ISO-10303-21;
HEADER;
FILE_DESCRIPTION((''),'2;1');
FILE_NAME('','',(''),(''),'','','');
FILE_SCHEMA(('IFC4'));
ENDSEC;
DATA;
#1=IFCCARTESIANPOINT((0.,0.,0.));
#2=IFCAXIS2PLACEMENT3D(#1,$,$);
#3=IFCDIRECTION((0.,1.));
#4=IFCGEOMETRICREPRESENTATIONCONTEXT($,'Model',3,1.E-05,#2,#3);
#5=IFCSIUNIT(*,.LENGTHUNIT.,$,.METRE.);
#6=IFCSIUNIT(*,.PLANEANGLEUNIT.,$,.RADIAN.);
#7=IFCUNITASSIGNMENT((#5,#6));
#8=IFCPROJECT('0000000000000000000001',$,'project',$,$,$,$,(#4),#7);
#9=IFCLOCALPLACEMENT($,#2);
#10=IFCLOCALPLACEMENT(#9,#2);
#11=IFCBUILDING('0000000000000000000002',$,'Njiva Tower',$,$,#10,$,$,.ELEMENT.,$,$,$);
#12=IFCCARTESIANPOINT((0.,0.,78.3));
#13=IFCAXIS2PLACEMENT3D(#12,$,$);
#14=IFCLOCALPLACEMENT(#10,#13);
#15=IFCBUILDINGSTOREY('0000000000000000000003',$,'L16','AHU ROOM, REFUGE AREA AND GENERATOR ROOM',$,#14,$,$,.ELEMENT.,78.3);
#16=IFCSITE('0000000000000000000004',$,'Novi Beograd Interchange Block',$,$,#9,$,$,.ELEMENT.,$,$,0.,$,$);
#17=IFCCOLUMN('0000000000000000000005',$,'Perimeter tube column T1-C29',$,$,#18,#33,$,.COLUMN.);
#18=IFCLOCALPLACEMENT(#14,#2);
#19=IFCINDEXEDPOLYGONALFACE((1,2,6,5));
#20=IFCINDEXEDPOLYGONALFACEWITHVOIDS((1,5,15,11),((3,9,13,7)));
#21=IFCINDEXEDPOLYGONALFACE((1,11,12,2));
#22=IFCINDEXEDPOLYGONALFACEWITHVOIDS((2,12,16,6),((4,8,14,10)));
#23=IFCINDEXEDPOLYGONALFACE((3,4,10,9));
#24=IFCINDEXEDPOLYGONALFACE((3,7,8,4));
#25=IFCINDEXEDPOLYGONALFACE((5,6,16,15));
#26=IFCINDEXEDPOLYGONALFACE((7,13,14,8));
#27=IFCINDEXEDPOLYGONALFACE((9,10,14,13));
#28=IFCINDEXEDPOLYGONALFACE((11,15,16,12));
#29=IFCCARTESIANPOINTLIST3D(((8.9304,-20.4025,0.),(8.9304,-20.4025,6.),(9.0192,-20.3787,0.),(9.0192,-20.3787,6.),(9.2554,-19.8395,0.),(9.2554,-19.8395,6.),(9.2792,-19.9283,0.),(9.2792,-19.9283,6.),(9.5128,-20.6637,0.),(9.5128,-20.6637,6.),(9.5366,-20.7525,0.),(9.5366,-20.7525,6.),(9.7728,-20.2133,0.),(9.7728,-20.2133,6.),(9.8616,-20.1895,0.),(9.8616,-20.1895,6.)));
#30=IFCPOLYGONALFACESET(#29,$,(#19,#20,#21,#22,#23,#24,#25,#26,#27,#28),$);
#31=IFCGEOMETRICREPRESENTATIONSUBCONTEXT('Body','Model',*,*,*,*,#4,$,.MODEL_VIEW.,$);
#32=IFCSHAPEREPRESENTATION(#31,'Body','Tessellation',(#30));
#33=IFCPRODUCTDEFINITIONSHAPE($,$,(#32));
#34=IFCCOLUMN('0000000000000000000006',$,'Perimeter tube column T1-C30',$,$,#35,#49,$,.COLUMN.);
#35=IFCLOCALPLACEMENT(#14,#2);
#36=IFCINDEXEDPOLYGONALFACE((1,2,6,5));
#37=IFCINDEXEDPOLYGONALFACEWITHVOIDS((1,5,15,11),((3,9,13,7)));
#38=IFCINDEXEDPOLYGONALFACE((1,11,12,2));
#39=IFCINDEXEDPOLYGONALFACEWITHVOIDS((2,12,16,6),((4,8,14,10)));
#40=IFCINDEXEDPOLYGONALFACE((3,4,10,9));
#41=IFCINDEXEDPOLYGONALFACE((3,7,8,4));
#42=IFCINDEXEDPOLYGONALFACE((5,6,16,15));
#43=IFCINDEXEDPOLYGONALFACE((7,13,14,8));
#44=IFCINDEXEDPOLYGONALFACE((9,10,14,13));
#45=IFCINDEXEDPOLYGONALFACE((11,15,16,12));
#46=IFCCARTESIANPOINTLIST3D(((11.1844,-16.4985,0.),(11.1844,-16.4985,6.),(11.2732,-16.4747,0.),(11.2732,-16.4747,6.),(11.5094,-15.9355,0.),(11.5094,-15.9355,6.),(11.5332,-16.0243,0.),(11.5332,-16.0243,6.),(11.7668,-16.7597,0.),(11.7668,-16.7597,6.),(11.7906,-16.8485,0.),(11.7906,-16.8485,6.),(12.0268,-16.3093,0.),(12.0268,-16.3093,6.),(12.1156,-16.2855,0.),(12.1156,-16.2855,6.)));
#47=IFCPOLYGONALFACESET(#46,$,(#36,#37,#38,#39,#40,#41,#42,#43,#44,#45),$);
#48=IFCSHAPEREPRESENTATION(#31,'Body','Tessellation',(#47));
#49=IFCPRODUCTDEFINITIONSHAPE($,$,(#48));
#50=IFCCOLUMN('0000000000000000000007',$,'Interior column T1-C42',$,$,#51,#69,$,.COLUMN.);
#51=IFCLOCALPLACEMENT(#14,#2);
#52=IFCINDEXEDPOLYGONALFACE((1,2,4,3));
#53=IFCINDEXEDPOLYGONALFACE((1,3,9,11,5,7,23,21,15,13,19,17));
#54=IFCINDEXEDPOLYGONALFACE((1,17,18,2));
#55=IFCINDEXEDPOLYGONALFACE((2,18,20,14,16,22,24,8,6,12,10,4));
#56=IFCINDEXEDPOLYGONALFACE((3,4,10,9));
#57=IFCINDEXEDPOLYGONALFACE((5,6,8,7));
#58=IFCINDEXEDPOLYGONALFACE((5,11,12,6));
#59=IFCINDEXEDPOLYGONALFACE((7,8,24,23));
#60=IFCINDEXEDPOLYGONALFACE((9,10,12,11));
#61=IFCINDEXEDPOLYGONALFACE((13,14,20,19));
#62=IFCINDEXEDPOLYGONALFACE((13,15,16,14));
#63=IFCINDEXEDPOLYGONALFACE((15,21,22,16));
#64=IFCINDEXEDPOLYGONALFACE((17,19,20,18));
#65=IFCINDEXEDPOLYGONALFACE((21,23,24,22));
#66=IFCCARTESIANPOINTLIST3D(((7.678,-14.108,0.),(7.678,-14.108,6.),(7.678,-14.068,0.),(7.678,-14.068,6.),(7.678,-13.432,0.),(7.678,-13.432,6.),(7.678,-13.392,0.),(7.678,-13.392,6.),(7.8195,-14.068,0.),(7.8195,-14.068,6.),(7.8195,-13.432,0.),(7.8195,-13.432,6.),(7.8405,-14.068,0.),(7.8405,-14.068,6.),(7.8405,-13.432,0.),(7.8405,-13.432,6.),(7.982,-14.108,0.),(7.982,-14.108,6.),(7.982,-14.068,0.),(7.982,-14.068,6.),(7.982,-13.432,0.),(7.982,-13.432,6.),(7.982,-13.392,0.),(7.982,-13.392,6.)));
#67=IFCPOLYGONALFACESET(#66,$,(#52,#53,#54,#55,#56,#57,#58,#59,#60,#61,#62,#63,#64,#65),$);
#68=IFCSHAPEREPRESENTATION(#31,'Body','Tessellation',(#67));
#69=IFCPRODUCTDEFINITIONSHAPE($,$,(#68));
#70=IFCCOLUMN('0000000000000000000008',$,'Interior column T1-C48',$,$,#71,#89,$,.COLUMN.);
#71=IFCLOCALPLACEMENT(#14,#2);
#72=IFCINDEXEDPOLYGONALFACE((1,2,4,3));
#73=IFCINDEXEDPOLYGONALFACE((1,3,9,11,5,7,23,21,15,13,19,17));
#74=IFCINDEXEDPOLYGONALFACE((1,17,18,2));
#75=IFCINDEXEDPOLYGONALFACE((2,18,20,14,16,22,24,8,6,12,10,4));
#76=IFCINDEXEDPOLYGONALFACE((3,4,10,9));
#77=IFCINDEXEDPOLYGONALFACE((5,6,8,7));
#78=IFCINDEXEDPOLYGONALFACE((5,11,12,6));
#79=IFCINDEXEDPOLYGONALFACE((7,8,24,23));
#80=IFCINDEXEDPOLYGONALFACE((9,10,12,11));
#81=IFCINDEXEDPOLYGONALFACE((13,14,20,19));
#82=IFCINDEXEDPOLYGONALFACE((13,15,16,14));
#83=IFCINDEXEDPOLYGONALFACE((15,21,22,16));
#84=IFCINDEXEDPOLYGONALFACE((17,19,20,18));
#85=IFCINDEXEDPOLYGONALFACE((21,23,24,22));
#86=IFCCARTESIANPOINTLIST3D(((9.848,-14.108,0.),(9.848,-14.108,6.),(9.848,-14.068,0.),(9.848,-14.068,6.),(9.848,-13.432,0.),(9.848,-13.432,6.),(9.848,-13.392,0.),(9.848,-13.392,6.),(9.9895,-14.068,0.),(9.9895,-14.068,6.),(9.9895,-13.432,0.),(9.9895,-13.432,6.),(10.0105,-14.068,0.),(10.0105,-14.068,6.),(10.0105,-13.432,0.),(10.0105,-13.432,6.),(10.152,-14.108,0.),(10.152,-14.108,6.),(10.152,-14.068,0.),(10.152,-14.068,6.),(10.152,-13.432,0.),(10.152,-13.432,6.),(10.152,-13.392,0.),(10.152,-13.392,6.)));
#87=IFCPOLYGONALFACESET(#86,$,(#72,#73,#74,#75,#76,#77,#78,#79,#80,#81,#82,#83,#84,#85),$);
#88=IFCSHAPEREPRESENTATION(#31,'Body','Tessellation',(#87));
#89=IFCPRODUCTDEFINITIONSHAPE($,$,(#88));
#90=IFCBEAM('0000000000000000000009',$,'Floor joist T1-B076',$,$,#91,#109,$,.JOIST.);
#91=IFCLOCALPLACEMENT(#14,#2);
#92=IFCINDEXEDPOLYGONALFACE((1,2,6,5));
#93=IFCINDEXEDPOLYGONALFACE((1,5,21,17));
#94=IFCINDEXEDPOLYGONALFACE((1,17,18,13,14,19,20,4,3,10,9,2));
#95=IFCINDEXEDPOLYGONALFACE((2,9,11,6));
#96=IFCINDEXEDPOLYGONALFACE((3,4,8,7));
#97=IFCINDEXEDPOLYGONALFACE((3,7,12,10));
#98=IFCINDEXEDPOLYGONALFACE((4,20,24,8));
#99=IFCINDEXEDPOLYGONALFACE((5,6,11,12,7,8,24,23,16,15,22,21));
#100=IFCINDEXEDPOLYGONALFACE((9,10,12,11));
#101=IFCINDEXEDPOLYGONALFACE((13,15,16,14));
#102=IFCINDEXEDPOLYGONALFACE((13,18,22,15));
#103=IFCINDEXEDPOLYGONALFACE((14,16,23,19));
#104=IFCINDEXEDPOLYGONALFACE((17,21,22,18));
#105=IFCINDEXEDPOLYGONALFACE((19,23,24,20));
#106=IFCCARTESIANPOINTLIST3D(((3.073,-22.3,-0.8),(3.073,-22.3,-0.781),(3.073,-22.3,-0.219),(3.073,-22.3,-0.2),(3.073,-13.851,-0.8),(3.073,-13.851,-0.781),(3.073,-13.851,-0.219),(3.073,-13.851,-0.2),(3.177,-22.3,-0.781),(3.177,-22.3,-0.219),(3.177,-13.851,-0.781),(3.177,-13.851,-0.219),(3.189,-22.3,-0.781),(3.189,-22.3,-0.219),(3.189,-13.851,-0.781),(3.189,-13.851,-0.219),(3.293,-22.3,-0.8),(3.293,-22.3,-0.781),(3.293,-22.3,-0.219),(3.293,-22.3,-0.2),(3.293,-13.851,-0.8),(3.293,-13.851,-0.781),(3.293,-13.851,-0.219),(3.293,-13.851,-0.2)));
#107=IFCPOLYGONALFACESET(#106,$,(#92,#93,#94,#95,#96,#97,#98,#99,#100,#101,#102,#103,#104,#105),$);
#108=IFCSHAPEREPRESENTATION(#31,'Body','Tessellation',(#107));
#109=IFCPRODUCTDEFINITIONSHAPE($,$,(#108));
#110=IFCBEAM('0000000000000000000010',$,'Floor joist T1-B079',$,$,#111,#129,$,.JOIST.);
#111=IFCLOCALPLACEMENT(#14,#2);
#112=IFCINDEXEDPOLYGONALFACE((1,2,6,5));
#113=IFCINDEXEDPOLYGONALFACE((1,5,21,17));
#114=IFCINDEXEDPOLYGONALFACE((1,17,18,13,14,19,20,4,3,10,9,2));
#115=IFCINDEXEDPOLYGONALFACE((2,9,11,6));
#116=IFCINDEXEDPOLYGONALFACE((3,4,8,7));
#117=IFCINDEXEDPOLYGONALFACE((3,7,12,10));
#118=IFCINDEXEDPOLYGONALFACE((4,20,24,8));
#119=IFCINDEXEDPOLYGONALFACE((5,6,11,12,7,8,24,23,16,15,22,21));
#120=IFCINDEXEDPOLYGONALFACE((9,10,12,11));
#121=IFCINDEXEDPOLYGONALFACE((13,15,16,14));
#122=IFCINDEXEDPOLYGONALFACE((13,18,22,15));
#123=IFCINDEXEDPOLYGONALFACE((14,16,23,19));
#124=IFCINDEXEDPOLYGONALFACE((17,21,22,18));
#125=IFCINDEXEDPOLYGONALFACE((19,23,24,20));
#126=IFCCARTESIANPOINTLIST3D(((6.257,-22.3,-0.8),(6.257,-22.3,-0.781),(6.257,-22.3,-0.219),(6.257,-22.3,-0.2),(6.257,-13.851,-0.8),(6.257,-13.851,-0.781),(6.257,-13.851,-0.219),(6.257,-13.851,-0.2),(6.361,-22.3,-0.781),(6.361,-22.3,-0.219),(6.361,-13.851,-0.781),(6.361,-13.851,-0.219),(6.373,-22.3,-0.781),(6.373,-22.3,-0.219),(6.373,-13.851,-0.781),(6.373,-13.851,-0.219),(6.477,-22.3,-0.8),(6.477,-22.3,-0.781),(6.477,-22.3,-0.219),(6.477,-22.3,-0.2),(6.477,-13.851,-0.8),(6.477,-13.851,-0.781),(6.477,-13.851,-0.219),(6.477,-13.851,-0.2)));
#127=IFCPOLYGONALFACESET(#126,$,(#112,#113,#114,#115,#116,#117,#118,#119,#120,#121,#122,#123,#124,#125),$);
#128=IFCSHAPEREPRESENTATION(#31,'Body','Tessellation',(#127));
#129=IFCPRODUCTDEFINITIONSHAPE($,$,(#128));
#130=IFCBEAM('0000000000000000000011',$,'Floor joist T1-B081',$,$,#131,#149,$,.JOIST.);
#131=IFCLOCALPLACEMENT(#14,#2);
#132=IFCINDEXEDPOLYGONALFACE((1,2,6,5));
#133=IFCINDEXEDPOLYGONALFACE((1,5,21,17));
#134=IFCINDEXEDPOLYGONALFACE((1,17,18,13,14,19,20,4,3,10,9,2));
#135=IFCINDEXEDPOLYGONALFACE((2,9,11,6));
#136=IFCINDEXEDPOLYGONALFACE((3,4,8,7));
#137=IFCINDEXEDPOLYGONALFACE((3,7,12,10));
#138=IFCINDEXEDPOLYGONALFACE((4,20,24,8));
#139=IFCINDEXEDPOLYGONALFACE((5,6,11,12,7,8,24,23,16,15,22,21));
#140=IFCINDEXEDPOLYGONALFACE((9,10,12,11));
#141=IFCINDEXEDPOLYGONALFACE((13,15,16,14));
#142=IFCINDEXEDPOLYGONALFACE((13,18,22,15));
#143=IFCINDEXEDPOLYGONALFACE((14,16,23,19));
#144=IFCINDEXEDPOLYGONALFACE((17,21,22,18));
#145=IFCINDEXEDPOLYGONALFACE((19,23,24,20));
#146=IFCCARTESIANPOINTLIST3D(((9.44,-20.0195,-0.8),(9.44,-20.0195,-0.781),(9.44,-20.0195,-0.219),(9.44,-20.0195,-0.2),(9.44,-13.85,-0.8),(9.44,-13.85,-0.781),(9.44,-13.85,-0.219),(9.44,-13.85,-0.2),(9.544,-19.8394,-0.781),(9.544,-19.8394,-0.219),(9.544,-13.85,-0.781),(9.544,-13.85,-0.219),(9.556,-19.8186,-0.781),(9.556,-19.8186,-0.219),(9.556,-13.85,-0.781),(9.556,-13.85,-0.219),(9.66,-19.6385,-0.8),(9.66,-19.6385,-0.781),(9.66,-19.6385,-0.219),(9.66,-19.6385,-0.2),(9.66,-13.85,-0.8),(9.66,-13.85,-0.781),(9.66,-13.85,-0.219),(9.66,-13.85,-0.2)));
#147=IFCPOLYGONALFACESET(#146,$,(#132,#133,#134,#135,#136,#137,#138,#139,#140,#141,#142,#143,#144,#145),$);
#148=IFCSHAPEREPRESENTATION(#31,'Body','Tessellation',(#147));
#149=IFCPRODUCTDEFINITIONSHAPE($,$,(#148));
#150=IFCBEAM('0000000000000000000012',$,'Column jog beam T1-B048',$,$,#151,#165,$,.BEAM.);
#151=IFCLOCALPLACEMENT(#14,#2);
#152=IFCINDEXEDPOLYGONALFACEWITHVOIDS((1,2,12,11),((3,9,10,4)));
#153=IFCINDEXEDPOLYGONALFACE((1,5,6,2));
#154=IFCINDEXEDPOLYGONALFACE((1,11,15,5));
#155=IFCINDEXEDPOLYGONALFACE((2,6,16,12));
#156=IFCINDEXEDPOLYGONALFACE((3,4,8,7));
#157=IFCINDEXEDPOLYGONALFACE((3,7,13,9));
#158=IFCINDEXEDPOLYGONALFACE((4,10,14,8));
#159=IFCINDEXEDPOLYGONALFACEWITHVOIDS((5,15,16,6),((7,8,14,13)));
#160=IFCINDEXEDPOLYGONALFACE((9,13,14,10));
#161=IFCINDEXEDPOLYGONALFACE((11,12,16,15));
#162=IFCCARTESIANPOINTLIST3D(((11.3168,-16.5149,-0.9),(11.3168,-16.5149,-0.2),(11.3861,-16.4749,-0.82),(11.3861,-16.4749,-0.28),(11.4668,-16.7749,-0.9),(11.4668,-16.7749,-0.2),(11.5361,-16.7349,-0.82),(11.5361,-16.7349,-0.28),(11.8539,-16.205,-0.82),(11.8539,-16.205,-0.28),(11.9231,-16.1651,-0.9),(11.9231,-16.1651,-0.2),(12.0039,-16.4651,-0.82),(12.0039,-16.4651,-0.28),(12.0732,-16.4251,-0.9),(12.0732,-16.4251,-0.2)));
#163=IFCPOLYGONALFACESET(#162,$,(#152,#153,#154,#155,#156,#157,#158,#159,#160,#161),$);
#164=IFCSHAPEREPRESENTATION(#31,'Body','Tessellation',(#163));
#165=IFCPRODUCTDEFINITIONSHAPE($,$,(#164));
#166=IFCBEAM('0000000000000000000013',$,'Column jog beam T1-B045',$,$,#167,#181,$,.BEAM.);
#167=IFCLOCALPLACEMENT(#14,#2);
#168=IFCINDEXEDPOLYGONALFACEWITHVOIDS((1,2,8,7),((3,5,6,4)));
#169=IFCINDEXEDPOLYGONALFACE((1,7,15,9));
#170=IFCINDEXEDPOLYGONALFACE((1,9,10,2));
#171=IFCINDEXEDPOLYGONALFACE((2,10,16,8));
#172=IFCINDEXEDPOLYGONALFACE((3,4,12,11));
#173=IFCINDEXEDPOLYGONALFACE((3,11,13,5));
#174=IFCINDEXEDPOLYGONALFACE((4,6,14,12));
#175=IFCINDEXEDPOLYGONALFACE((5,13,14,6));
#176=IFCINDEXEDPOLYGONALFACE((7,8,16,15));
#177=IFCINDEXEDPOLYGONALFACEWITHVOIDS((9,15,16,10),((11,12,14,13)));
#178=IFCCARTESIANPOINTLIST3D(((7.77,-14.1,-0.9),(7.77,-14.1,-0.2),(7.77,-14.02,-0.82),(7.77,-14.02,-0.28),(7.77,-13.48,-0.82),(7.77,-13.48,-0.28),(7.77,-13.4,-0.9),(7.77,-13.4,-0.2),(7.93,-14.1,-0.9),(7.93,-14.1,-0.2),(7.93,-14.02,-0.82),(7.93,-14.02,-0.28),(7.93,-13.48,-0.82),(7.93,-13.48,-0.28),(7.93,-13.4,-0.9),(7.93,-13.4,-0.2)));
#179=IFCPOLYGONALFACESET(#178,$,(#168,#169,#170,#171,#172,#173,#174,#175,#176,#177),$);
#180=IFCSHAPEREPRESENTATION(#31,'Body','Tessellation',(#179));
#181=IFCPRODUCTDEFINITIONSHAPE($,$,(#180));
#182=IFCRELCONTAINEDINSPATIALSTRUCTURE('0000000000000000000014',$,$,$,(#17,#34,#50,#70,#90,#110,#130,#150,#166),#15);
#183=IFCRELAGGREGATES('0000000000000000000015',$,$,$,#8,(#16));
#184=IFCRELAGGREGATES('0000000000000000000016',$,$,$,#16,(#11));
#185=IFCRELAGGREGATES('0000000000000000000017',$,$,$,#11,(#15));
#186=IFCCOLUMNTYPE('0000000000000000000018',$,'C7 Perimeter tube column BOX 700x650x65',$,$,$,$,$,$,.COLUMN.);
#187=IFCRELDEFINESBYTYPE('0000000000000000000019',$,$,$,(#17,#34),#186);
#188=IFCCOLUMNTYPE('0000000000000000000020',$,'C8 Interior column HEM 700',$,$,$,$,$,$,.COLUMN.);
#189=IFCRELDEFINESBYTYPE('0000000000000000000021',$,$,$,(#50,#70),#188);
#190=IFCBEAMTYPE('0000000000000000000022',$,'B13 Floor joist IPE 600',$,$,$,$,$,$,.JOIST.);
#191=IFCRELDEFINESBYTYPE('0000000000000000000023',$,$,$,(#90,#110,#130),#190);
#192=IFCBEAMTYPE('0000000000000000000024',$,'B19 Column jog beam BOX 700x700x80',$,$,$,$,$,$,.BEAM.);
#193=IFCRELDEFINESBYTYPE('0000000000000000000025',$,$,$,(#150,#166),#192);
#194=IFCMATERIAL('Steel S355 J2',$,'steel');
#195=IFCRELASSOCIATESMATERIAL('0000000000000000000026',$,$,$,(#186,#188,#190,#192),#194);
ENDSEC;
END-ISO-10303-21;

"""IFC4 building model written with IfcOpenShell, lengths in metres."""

from ifc_helpers import new_model, si_unit, direction, frame, origin, origin_2d, place, context, subcontext, project, spatial, hollow_rectangle, i_section, extrude, clip, halfspace, material, material_profile, profile_set, type_object, element, save


model = new_model("IFC4")

# Units and contexts
model_context = context("Model", 3, precision=1e-05, world=origin(), true_north=direction((0.0, 1.0)))
body_context = subcontext(model_context, "Body", "Model", "MODEL_VIEW")
ifc_project = project(units=[si_unit("LENGTHUNIT", "METRE"), si_unit("PLANEANGLEUNIT", "RADIAN")], contexts=[model_context])

# Site, building, storey
site_placement = place(None, origin())
site = spatial("IfcSite", under=ifc_project, at=site_placement, Name="Novi Beograd Interchange Block", CompositionType="ELEMENT", RefElevation=0.0)
building_placement = place(site_placement, origin())
building = spatial("IfcBuilding", under=site, at=building_placement, Name="Njiva Tower", CompositionType="ELEMENT")
storey_placement = place(building_placement, frame((0.0, 0.0, 78.3)))
storey = spatial("IfcBuildingStorey", under=building, at=storey_placement, Name="L16", Description="AHU ROOM, REFUGE AREA AND GENERATOR ROOM", CompositionType="ELEMENT", Elevation=78.3)

# Columns
ifc_material_1 = material(Name="Steel S355 J2", Category="steel")
ifc_material_profile_1 = material_profile(ifc_material_1, hollow_rectangle(XDim=0.65, YDim=0.7, WallThickness=0.065, at=origin_2d()), Name="BOX 700x650x65")
ifc_profile_set_1 = profile_set([ifc_material_profile_1], Name="Steel S355 J2")
column_type_1 = type_object("IfcColumnType", Name="C7 Perimeter tube column BOX 700x650x65", PredefinedType="COLUMN", material=ifc_profile_set_1)
for number, where, z_axis, x_axis, name in (
    (1, (9.396, -20.296, 0.0), (0.0, 0.0, 1.0), (0.5, 0.866025, 0.0), "Perimeter tube column T1-C29"),
    (2, (11.65, -16.392, 0.0), (0.0, 0.0, 1.0), (0.5, 0.866025, 0.0), "Perimeter tube column T1-C30"),
):
    element("IfcColumn", number, at=place(storey_placement, frame(where, z_axis=z_axis, x_axis=x_axis)), inside=storey, type_object=column_type_1, Name=name, PredefinedType="COLUMN", context=body_context, shape_type="SweptSolid", body=[
        extrude(hollow_rectangle(XDim=0.65, YDim=0.7, WallThickness=0.065, at=origin_2d()), origin(), (0.0, 0.0, 1.0), 6.0),
    ])
ifc_material_profile_2 = material_profile(ifc_material_1, i_section(OverallWidth=0.304, OverallDepth=0.716, WebThickness=0.021, FlangeThickness=0.04, at=origin_2d()), Name="HEM 700")
ifc_profile_set_2 = profile_set([ifc_material_profile_2], Name="Steel S355 J2")
column_type_2 = type_object("IfcColumnType", Name="C8 Interior column HEM 700", PredefinedType="COLUMN", material=ifc_profile_set_2)
for number, where, z_axis, x_axis, name in (
    (3, (7.83, -13.75, 0.0), (0.0, 0.0, 1.0), (1.0, 0.0, 0.0), "Interior column T1-C42"),
    (4, (10.0, -13.75, 0.0), (0.0, 0.0, 1.0), (1.0, 0.0, 0.0), "Interior column T1-C48"),
):
    element("IfcColumn", number, at=place(storey_placement, frame(where, z_axis=z_axis, x_axis=x_axis)), inside=storey, type_object=column_type_2, Name=name, PredefinedType="COLUMN", context=body_context, shape_type="SweptSolid", body=[
        extrude(i_section(OverallWidth=0.304, OverallDepth=0.716, WebThickness=0.021, FlangeThickness=0.04, at=origin_2d()), origin(), (0.0, 0.0, 1.0), 6.0),
    ])

# Beams
ifc_material_profile_3 = material_profile(ifc_material_1, i_section(OverallWidth=0.22, OverallDepth=0.6, WebThickness=0.012, FlangeThickness=0.019, at=origin_2d()), Name="IPE 600")
ifc_profile_set_3 = profile_set([ifc_material_profile_3], Name="Steel S355 J2")
beam_type_1 = type_object("IfcBeamType", Name="B13 Floor joist IPE 600", PredefinedType="JOIST", material=ifc_profile_set_3)
for number, where, z_axis, x_axis, name in (
    (5, (3.183, -13.851, -0.5), (0.0, -1.0, 0.0), (1.0, 0.0, 0.0), "Floor joist T1-B076"),
    (6, (6.367, -13.851, -0.5), (0.0, -1.0, 0.0), (1.0, 0.0, 0.0), "Floor joist T1-B079"),
):
    element("IfcBeam", number, at=place(storey_placement, frame(where, z_axis=z_axis, x_axis=x_axis)), inside=storey, type_object=beam_type_1, Name=name, PredefinedType="JOIST", context=body_context, shape_type="SweptSolid", body=[
        extrude(i_section(OverallWidth=0.22, OverallDepth=0.6, WebThickness=0.012, FlangeThickness=0.019, at=origin_2d()), origin(), (0.0, 0.0, 1.0), 8.449),
    ])
beam_1_placement = place(storey_placement, frame((9.55, -13.85, -0.5), z_axis=(0.0, -1.0, 0.0), x_axis=(1.0, 0.0, 0.0)))
element("IfcBeam", 7, at=beam_1_placement, inside=storey, type_object=beam_type_1, Name="Floor joist T1-B081", PredefinedType="JOIST", context=body_context, shape_type="Clipping", body=[
    clip(extrude(i_section(OverallWidth=0.22, OverallDepth=0.6, WebThickness=0.012, FlangeThickness=0.019, at=origin_2d()), origin(), (0.0, 0.0, 1.0), 6.19), halfspace(frame((0.0433, 0.0, 5.904), z_axis=(0.866027, 0.0, 0.499998), x_axis=(0.0, 1.0, 0.0)), False)),
])
ifc_material_profile_4 = material_profile(ifc_material_1, hollow_rectangle(XDim=0.7, YDim=0.7, WallThickness=0.08, at=origin_2d()), Name="BOX 700x700x80")
ifc_profile_set_4 = profile_set([ifc_material_profile_4], Name="Steel S355 J2")
beam_type_2 = type_object("IfcBeamType", Name="B19 Column jog beam BOX 700x700x80", PredefinedType="BEAM", material=ifc_profile_set_4)
beam_2_placement = place(storey_placement, frame((11.77, -16.6, -0.55), z_axis=(-0.499722, 0.866186, 0.0), x_axis=(-0.866186, -0.499722, 0.0)))
element("IfcBeam", 8, at=beam_2_placement, inside=storey, type_object=beam_type_2, Name="Column jog beam T1-B048", PredefinedType="BEAM", context=body_context, shape_type="SweptSolid", body=[
    extrude(hollow_rectangle(XDim=0.7, YDim=0.7, WallThickness=0.08, at=origin_2d()), origin(), (0.0, 0.0, 1.0), 0.3002),
])
beam_3_placement = place(storey_placement, frame((7.93, -13.75, -0.55), z_axis=(-1.0, 0.0, 0.0), x_axis=(0.0, -1.0, 0.0)))
element("IfcBeam", 9, at=beam_3_placement, inside=storey, type_object=beam_type_2, Name="Column jog beam T1-B045", PredefinedType="BEAM", context=body_context, shape_type="SweptSolid", body=[
    extrude(hollow_rectangle(XDim=0.7, YDim=0.7, WallThickness=0.08, at=origin_2d()), origin(), (0.0, 0.0, 1.0), 0.16),
])

save(model, "model.ifc")
